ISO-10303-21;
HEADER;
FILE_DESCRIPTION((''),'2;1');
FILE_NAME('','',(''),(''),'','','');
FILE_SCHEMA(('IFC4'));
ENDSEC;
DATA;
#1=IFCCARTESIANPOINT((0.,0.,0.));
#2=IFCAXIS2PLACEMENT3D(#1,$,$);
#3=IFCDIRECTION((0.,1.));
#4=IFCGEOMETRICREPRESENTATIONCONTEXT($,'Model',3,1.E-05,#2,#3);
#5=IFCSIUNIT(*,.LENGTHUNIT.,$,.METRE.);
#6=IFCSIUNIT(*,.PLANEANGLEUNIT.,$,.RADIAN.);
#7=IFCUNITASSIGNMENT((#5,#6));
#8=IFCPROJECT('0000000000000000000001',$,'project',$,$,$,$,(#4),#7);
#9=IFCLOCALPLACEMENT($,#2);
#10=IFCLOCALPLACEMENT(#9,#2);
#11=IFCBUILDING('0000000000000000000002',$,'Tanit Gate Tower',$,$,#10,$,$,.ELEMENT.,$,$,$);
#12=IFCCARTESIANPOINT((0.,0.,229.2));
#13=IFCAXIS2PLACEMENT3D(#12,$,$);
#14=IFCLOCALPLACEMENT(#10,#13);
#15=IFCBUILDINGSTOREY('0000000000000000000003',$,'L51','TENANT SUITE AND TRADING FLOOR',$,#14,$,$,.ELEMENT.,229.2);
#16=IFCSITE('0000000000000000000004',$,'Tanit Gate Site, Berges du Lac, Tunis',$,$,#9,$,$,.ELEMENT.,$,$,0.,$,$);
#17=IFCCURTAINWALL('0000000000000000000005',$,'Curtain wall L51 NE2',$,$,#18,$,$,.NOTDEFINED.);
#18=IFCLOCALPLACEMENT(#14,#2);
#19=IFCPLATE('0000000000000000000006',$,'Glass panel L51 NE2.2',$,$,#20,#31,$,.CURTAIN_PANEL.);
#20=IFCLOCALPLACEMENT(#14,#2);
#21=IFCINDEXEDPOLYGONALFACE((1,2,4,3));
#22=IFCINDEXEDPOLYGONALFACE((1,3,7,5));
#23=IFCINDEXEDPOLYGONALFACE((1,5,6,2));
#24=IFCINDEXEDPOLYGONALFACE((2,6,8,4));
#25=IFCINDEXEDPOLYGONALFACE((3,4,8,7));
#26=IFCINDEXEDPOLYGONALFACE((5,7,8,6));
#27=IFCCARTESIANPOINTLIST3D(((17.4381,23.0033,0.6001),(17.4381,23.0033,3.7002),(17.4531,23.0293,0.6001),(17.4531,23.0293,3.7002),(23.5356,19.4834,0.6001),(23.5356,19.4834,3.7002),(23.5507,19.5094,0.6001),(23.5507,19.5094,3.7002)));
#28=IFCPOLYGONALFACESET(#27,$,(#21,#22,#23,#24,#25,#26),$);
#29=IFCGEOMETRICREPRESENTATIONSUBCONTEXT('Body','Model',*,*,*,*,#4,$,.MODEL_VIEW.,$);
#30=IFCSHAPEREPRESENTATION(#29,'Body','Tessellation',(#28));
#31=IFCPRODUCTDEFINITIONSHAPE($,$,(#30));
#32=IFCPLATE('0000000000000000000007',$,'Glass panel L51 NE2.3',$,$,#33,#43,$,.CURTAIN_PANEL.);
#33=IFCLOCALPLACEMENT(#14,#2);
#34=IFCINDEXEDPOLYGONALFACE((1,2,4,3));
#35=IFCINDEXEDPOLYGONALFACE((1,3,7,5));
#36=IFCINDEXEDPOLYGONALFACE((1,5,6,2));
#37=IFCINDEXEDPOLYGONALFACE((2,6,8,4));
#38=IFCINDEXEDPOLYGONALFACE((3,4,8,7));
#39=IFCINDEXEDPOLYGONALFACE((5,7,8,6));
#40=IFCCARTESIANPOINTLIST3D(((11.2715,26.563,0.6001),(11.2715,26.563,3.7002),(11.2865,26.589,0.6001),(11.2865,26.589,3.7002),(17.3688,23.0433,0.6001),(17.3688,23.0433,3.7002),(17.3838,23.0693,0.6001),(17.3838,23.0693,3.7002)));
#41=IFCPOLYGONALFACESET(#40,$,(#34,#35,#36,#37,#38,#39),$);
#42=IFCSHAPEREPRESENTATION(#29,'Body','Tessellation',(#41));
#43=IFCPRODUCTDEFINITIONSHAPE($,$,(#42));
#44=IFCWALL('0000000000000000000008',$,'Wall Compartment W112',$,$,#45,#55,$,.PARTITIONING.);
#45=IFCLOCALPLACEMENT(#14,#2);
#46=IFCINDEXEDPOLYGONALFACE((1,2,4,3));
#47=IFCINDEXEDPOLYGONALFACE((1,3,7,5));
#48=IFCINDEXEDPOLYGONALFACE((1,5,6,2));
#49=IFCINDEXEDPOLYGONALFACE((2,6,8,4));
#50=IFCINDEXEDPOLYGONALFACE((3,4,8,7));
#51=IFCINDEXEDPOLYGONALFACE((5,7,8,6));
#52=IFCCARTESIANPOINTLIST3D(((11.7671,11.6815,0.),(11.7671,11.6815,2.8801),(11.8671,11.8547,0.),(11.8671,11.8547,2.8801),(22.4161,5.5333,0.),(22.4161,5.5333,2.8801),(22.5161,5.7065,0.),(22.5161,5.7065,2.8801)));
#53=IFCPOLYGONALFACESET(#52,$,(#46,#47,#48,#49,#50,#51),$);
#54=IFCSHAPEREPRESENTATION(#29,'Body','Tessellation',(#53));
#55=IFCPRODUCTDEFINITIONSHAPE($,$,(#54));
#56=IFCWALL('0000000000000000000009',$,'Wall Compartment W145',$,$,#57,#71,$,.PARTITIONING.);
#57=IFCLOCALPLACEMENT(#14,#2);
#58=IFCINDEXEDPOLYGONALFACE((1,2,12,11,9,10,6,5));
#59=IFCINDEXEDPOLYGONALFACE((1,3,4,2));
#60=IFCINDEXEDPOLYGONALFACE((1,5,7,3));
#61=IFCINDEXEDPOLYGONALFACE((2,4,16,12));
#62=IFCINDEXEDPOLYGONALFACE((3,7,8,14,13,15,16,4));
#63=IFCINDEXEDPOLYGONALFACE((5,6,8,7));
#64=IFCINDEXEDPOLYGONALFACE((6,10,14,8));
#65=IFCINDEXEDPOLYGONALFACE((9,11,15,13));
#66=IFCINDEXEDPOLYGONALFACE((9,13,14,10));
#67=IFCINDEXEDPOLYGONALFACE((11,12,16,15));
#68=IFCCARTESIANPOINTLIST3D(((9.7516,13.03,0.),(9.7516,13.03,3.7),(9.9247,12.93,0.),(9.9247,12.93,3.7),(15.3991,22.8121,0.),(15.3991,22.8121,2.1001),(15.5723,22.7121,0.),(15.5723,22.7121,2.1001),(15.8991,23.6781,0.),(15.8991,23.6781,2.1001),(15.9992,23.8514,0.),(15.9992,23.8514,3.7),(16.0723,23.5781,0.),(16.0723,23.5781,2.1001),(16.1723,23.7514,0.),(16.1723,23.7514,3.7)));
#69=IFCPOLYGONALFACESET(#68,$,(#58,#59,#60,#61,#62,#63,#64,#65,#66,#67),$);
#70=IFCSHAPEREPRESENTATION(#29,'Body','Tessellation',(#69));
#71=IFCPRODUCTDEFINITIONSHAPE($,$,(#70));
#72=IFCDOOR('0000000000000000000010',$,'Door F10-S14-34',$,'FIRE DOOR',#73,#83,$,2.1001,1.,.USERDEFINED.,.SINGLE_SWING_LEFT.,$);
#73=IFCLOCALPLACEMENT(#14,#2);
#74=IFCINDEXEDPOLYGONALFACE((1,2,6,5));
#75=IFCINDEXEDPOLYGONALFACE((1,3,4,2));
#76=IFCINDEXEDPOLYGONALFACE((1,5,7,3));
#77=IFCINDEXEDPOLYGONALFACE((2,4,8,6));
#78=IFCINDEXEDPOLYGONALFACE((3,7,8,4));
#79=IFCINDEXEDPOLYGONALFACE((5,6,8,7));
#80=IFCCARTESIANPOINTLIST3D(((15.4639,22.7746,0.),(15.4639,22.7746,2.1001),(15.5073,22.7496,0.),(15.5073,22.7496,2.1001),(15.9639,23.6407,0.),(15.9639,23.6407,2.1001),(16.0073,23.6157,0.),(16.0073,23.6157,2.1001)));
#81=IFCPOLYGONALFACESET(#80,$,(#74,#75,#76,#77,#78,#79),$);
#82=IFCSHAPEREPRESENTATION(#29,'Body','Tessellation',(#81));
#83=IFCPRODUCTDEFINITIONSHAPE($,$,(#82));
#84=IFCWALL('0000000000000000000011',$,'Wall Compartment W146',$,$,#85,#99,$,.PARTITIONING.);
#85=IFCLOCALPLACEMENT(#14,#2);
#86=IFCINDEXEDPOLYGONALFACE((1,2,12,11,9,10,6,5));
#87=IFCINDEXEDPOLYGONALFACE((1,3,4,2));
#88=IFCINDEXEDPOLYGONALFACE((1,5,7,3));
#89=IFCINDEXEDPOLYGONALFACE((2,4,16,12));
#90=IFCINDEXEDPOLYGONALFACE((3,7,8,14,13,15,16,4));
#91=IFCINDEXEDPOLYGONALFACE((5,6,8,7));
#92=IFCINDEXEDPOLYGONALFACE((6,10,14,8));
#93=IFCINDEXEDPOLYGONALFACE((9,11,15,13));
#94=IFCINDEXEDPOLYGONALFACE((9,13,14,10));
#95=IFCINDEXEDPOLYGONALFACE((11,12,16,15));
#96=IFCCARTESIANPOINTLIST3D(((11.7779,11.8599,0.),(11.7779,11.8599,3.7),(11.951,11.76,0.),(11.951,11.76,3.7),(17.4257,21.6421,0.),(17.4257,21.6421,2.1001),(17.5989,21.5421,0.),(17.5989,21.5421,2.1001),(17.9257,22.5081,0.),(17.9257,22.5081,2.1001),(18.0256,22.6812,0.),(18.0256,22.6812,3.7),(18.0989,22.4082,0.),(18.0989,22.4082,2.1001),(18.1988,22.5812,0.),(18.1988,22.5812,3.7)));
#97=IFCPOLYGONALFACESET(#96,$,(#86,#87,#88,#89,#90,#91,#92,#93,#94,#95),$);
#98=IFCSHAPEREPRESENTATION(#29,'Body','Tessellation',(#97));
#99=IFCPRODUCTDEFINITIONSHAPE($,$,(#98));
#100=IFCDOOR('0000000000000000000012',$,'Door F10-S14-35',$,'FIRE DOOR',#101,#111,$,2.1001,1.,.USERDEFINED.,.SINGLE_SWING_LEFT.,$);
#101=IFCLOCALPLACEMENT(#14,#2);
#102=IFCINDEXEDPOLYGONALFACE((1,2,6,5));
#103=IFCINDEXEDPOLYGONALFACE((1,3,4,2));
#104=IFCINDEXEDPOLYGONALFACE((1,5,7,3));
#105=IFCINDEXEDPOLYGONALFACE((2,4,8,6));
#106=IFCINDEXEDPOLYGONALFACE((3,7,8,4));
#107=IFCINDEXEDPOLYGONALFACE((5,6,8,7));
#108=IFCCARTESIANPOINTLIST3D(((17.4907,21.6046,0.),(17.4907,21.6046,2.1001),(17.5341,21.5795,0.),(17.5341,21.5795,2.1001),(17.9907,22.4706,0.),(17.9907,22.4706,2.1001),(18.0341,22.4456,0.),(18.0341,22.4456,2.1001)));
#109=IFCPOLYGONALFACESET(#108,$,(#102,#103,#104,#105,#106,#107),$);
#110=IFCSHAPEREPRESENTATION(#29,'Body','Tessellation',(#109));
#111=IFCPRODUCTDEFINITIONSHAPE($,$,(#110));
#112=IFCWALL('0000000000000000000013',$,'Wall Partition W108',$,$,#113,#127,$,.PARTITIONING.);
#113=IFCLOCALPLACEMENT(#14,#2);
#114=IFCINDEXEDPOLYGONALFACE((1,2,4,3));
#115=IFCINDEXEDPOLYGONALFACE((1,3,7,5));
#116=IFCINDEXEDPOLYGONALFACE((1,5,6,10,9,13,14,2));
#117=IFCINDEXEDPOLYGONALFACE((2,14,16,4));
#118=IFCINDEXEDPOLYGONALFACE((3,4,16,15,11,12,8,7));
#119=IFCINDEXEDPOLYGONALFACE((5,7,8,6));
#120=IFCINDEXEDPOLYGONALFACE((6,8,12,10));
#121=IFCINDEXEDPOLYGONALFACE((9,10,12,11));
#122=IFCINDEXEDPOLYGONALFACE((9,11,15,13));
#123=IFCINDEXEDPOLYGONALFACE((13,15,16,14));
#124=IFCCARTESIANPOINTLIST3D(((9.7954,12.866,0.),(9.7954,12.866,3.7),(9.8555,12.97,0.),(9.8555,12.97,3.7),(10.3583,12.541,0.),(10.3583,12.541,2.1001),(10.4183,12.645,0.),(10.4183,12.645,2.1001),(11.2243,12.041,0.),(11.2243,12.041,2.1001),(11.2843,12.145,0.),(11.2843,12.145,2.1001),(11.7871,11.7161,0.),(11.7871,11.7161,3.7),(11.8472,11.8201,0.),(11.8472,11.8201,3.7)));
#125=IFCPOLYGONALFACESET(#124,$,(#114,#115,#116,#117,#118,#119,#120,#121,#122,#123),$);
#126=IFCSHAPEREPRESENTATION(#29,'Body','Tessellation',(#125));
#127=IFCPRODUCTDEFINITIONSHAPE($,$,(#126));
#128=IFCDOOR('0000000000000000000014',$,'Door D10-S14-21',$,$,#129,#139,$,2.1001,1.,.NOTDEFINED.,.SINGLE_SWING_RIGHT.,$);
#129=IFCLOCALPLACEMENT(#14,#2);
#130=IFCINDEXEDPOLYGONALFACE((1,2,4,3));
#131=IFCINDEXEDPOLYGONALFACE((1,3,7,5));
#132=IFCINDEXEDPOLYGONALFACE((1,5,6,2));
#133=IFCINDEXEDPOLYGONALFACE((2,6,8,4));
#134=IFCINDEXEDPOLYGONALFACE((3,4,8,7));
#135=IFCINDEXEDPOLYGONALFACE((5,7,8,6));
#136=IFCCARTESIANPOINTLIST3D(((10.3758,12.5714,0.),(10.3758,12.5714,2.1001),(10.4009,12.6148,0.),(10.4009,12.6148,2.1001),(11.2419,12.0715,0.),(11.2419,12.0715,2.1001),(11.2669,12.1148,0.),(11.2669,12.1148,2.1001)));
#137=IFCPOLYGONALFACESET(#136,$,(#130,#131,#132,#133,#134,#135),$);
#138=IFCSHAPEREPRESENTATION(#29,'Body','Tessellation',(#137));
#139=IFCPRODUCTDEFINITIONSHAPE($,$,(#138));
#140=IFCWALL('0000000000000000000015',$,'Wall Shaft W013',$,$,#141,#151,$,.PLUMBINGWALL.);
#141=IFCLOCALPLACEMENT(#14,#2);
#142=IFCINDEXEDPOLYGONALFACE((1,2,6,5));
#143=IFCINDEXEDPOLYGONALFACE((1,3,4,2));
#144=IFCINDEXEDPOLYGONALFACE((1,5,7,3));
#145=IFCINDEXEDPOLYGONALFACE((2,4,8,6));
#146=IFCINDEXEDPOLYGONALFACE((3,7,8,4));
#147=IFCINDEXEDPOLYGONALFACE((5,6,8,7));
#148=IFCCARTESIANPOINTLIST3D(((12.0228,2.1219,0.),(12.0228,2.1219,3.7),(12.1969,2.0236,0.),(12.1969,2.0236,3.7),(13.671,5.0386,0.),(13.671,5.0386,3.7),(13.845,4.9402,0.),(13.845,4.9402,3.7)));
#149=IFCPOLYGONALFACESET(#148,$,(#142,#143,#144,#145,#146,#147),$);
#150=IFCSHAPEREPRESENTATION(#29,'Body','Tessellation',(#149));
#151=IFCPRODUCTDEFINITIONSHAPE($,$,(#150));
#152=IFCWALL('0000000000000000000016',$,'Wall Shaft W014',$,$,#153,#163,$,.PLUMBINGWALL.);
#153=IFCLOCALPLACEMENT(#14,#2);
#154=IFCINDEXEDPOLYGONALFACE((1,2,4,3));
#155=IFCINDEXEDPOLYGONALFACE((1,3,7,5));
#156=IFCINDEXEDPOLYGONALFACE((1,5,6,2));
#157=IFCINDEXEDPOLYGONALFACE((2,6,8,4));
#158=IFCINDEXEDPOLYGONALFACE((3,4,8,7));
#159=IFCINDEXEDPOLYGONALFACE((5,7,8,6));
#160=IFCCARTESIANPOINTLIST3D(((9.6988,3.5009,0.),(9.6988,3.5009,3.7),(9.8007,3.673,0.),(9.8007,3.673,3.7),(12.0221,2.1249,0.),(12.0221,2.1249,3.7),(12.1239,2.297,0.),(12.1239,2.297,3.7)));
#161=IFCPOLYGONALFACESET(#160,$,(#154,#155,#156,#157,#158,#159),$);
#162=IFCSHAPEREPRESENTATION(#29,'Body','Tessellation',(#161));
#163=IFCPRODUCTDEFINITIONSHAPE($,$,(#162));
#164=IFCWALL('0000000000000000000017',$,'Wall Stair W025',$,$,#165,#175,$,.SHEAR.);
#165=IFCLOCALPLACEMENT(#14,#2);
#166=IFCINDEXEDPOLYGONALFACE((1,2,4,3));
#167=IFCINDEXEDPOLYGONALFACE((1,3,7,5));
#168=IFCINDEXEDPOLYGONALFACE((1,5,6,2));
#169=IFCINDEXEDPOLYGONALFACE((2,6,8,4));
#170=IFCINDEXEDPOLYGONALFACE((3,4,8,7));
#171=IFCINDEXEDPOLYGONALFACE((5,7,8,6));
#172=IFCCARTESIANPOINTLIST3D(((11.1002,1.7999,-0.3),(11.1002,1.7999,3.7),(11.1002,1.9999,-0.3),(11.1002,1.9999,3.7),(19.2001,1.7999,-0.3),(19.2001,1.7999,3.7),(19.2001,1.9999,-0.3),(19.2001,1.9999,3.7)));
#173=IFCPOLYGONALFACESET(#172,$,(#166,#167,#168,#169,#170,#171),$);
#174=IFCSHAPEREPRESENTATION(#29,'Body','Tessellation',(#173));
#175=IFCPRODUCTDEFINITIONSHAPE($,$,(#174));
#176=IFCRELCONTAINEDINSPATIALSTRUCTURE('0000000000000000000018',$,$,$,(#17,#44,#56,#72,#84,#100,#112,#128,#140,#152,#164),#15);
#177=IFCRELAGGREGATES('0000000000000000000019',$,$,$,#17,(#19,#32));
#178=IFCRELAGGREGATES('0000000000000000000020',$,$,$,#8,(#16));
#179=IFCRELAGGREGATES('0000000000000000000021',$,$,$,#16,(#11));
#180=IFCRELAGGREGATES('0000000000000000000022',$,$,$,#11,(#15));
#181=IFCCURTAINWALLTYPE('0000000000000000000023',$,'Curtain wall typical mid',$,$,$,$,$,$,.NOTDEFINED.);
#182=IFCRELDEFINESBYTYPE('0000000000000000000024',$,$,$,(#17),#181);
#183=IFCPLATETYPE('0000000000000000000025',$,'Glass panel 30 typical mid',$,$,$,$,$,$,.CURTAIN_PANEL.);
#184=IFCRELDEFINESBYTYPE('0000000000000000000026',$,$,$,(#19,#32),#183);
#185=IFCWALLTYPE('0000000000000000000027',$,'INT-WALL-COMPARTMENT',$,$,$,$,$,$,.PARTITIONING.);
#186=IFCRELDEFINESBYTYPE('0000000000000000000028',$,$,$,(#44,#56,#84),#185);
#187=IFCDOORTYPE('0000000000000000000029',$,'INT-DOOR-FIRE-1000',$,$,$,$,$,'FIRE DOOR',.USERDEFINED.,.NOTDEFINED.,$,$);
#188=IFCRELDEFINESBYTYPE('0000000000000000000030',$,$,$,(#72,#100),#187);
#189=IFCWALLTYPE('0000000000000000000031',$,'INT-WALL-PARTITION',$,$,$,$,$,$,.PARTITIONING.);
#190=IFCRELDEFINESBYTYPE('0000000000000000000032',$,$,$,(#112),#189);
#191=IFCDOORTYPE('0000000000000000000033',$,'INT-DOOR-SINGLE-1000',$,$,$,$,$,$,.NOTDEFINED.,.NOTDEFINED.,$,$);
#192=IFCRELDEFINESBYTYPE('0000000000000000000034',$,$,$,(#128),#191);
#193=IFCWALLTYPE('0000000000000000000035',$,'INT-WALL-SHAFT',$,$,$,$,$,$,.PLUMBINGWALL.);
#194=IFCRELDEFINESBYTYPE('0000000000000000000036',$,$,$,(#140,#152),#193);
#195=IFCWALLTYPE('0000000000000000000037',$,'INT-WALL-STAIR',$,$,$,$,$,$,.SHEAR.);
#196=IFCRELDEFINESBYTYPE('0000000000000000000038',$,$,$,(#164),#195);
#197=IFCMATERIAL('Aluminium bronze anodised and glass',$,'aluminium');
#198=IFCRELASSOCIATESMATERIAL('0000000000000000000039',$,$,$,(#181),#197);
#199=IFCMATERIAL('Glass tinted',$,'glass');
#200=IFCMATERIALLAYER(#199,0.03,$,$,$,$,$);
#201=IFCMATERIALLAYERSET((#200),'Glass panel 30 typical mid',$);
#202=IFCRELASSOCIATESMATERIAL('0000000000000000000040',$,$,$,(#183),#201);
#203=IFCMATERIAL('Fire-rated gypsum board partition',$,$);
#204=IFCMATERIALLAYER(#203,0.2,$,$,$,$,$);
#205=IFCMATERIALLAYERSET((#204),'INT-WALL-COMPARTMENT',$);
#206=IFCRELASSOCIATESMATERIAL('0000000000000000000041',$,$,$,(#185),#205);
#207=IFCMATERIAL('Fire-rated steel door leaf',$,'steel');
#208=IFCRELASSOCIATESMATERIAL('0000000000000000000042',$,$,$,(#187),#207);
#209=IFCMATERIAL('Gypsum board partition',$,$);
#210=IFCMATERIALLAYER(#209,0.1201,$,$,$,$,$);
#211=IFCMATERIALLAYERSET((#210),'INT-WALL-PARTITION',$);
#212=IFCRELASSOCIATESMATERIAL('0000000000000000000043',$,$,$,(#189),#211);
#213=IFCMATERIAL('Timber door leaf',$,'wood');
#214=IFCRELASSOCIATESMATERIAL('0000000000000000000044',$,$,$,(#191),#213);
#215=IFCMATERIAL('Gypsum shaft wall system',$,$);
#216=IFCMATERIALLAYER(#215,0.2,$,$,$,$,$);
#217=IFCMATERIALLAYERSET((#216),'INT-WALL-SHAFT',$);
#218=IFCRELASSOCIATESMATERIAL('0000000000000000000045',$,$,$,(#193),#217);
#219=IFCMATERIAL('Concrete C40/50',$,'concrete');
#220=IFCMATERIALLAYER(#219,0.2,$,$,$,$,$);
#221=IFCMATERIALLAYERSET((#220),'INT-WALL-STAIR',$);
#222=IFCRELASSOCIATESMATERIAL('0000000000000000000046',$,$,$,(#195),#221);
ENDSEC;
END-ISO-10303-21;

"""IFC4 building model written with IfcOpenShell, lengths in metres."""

from ifc_helpers import new_model, si_unit, direction, frame, frame_2d, origin, origin_2d, place, context, subcontext, project, spatial, rectangle, extrude, material, layer, layer_set, type_object, element, fill, aggregate, save


model = new_model("IFC4")

# Units and contexts
model_context = context("Model", 3, precision=1e-05, world=origin(), true_north=direction((0.0, 1.0)))
body_context = subcontext(model_context, "Body", "Model", "MODEL_VIEW")
ifc_project = project(units=[si_unit("LENGTHUNIT", "METRE"), si_unit("PLANEANGLEUNIT", "RADIAN")], contexts=[model_context])

# Site, building, storey
site_placement = place(None, origin())
site = spatial("IfcSite", under=ifc_project, at=site_placement, Name="Tanit Gate Site, Berges du Lac, Tunis", CompositionType="ELEMENT", RefElevation=0.0)
building_placement = place(site_placement, origin())
building = spatial("IfcBuilding", under=site, at=building_placement, Name="Tanit Gate Tower", CompositionType="ELEMENT")
storey_placement = place(building_placement, frame((0.0, 0.0, 229.2)))
storey = spatial("IfcBuildingStorey", under=building, at=storey_placement, Name="L51", Description="TENANT SUITE AND TRADING FLOOR", CompositionType="ELEMENT", Elevation=229.2)

# Curtain wall
ifc_material_1 = material(Name="Aluminium bronze anodised and glass", Category="aluminium")
curtain_wall_type = type_object("IfcCurtainWallType", Name="Curtain wall typical mid", PredefinedType="NOTDEFINED", material=ifc_material_1)
curtain_wall_placement = place(storey_placement, origin())
curtain_wall = element("IfcCurtainWall", 1, at=curtain_wall_placement, inside=storey, type_object=curtain_wall_type, Name="Curtain wall L51 NE2", PredefinedType="NOTDEFINED")

# Plates
ifc_material_2 = material(Name="Glass tinted", Category="glass")
ifc_layer_1 = layer(ifc_material_2, 0.03)
ifc_layer_set_1 = layer_set([ifc_layer_1], Name="Glass panel 30 typical mid")
plate_type = type_object("IfcPlateType", Name="Glass panel 30 typical mid", PredefinedType="CURTAIN_PANEL", material=ifc_layer_set_1)
plate_1_placement = place(storey_placement, frame((20.4944, 21.2563, 0.6001), z_axis=(0.0, 0.0, 1.0), x_axis=(-0.86606, 0.49994, 0.0)))
plate_1 = element("IfcPlate", 2, at=plate_1_placement, type_object=plate_type, Name="Glass panel L51 NE2.2", PredefinedType="CURTAIN_PANEL", context=body_context, shape_type="SweptSolid", body=[
    extrude(rectangle(XDim=7.0405, YDim=0.03, at=origin_2d()), origin(), (0.0, 0.0, 1.0), 3.1001),
])
plate_2_placement = place(storey_placement, frame((14.3276, 24.8162, 0.6001), z_axis=(0.0, 0.0, 1.0), x_axis=(-0.86606, 0.49994, 0.0)))
plate_2 = element("IfcPlate", 3, at=plate_2_placement, type_object=plate_type, Name="Glass panel L51 NE2.3", PredefinedType="CURTAIN_PANEL", context=body_context, shape_type="SweptSolid", body=[
    extrude(rectangle(XDim=7.0403, YDim=0.03, at=origin_2d()), origin(), (0.0, 0.0, 1.0), 3.1001),
])
aggregate(curtain_wall, [plate_1, plate_2])

# Wall
ifc_material_3 = material(Name="Fire-rated gypsum board partition")
ifc_layer_2 = layer(ifc_material_3, 0.2)
ifc_layer_set_2 = layer_set([ifc_layer_2], Name="INT-WALL-COMPARTMENT")
wall_type_1 = type_object("IfcWallType", Name="INT-WALL-COMPARTMENT", PredefinedType="PARTITIONING", material=ifc_layer_set_2)
wall_1_placement = place(storey_placement, frame((22.4661, 5.6199, 0.0), z_axis=(0.0, 0.0, 1.0), x_axis=(-0.866024, 0.500002, 0.0)))
element("IfcWall", 4, at=wall_1_placement, inside=storey, type_object=wall_type_1, Name="Wall Compartment W112", PredefinedType="PARTITIONING", context=body_context, shape_type="SweptSolid", body=[
    extrude(rectangle(XDim=12.2964, YDim=0.2, at=frame_2d((6.1482, 0.0))), origin(), (0.0, 0.0, 1.0), 2.8801),
])

# Walls, openings, doors
wall_2_placement = place(storey_placement, frame((16.0857, 23.8013, 0.0), z_axis=(0.0, 0.0, 1.0), x_axis=(-0.499993, -0.866029, 0.0)))
wall_2 = element("IfcWall", 5, at=wall_2_placement, inside=storey, type_object=wall_type_1, Name="Wall Compartment W145", PredefinedType="PARTITIONING", context=body_context, shape_type="SweptSolid", body=[
    extrude(rectangle(XDim=12.4954, YDim=0.2, at=frame_2d((6.2476, 0.0))), origin(), (0.0, 0.0, 1.0), 3.7),
])
opening_1_placement = place(wall_2_placement, frame((0.2, 0.0, 0.0)))
opening_1 = element("IfcOpeningElement", 6, at=opening_1_placement, cuts=wall_2, PredefinedType="OPENING", context=body_context, shape_type="SweptSolid", body=[
    extrude(rectangle(XDim=1.0, YDim=2.1001, at=frame_2d((0.5, 1.05))), frame((0.0, 0.1099, 0.0), z_axis=(0.0, -1.0, 0.0), x_axis=(1.0, 0.0, 0.0)), (0.0, 0.0, 1.0), 0.22),
])
ifc_material_4 = material(Name="Fire-rated steel door leaf", Category="steel")
door_type_1 = type_object("IfcDoorType", Name="INT-DOOR-FIRE-1000", ElementType="FIRE DOOR", OperationType="NOTDEFINED", PredefinedType="USERDEFINED", material=ifc_material_4)
door_1_placement = place(opening_1_placement, origin())
door_1 = element("IfcDoor", 7, at=door_1_placement, inside=storey, type_object=door_type_1, Name="Door F10-S14-34", ObjectType="FIRE DOOR", OperationType="SINGLE_SWING_LEFT", OverallHeight=2.1001, OverallWidth=1.0, PredefinedType="USERDEFINED", context=body_context, shape_type="SweptSolid", body=[
    extrude(rectangle(XDim=1.0, YDim=2.1001, at=frame_2d((0.5, 1.05))), frame((0.0, 0.0249, 0.0), z_axis=(0.0, -1.0, 0.0), x_axis=(1.0, 0.0, 0.0)), (0.0, 0.0, 1.0), 0.05),
])
fill(opening_1, door_1)
wall_3_placement = place(storey_placement, frame((11.8645, 11.8101, 0.0), z_axis=(0.0, 0.0, 1.0), x_axis=(0.500008, 0.866021, 0.0)))
wall_3 = element("IfcWall", 8, at=wall_3_placement, inside=storey, type_object=wall_type_1, Name="Wall Compartment W146", PredefinedType="PARTITIONING", context=body_context, shape_type="SweptSolid", body=[
    extrude(rectangle(XDim=12.4954, YDim=0.2, at=frame_2d((6.2476, 0.0))), origin(), (0.0, 0.0, 1.0), 3.7),
])
opening_2_placement = place(wall_3_placement, frame((11.2954, 0.0, 0.0)))
opening_2 = element("IfcOpeningElement", 9, at=opening_2_placement, cuts=wall_3, PredefinedType="OPENING", context=body_context, shape_type="SweptSolid", body=[
    extrude(rectangle(XDim=1.0, YDim=2.1001, at=frame_2d((0.5, 1.05))), frame((0.0, 0.1099, 0.0), z_axis=(0.0, -1.0, 0.0), x_axis=(1.0, 0.0, 0.0)), (0.0, 0.0, 1.0), 0.22),
])
door_2_placement = place(opening_2_placement, origin())
door_2 = element("IfcDoor", 10, at=door_2_placement, inside=storey, type_object=door_type_1, Name="Door F10-S14-35", ObjectType="FIRE DOOR", OperationType="SINGLE_SWING_LEFT", OverallHeight=2.1001, OverallWidth=1.0, PredefinedType="USERDEFINED", context=body_context, shape_type="SweptSolid", body=[
    extrude(rectangle(XDim=1.0, YDim=2.1001, at=frame_2d((0.5, 1.05))), frame((0.0, 0.0249, 0.0), z_axis=(0.0, -1.0, 0.0), x_axis=(1.0, 0.0, 0.0)), (0.0, 0.0, 1.0), 0.05),
])
fill(opening_2, door_2)
ifc_material_5 = material(Name="Gypsum board partition")
ifc_layer_3 = layer(ifc_material_5, 0.1201)
ifc_layer_set_3 = layer_set([ifc_layer_3], Name="INT-WALL-PARTITION")
wall_type_2 = type_object("IfcWallType", Name="INT-WALL-PARTITION", PredefinedType="PARTITIONING", material=ifc_layer_set_3)
wall_4_placement = place(storey_placement, frame((11.8171, 11.7681, 0.0), z_axis=(0.0, 0.0, 1.0), x_axis=(-0.866026, 0.499998, 0.0)))
wall_4 = element("IfcWall", 11, at=wall_4_placement, inside=storey, type_object=wall_type_2, Name="Wall Partition W108", PredefinedType="PARTITIONING", context=body_context, shape_type="SweptSolid", body=[
    extrude(rectangle(XDim=2.2998, YDim=0.1201, at=frame_2d((1.1499, 0.0))), origin(), (0.0, 0.0, 1.0), 3.7),
])
opening_3_placement = place(wall_4_placement, frame((0.6499, 0.0, 0.0)))
opening_3 = element("IfcOpeningElement", 12, at=opening_3_placement, cuts=wall_4, PredefinedType="OPENING", context=body_context, shape_type="SweptSolid", body=[
    extrude(rectangle(XDim=1.0, YDim=2.1001, at=frame_2d((0.5, 1.05))), frame((0.0, 0.0701, 0.0), z_axis=(0.0, -1.0, 0.0), x_axis=(1.0, 0.0, 0.0)), (0.0, 0.0, 1.0), 0.1401),
])
ifc_material_6 = material(Name="Timber door leaf", Category="wood")
door_type_2 = type_object("IfcDoorType", Name="INT-DOOR-SINGLE-1000", OperationType="NOTDEFINED", PredefinedType="NOTDEFINED", material=ifc_material_6)
door_3_placement = place(opening_3_placement, origin())
door_3 = element("IfcDoor", 13, at=door_3_placement, inside=storey, type_object=door_type_2, Name="Door D10-S14-21", OperationType="SINGLE_SWING_RIGHT", OverallHeight=2.1001, OverallWidth=1.0, PredefinedType="NOTDEFINED", context=body_context, shape_type="SweptSolid", body=[
    extrude(rectangle(XDim=1.0, YDim=2.1001, at=frame_2d((0.5, 1.05))), frame((0.0, 0.0249, 0.0), z_axis=(0.0, -1.0, 0.0), x_axis=(1.0, 0.0, 0.0)), (0.0, 0.0, 1.0), 0.05),
])
fill(opening_3, door_3)

# Walls
ifc_material_7 = material(Name="Gypsum shaft wall system")
ifc_layer_4 = layer(ifc_material_7, 0.2)
ifc_layer_set_4 = layer_set([ifc_layer_4], Name="INT-WALL-SHAFT")
wall_type_3 = type_object("IfcWallType", Name="INT-WALL-SHAFT", PredefinedType="PLUMBINGWALL", material=ifc_layer_set_4)
wall_5_placement = place(storey_placement, frame((12.1099, 2.0728, 0.0), z_axis=(0.0, 0.0, 1.0), x_axis=(0.491966, 0.870614, 0.0)))
element("IfcWall", 14, at=wall_5_placement, inside=storey, type_object=wall_type_3, Name="Wall Shaft W013", PredefinedType="PLUMBINGWALL", context=body_context, shape_type="SweptSolid", body=[
    extrude(rectangle(XDim=3.3501, YDim=0.2, at=frame_2d((1.675, 0.0))), origin(), (0.0, 0.0, 1.0), 3.7),
])
wall_6_placement = place(storey_placement, frame((12.073, 2.2109, 0.0), z_axis=(0.0, 0.0, 1.0), x_axis=(-0.860415, 0.509594, 0.0)))
element("IfcWall", 15, at=wall_6_placement, inside=storey, type_object=wall_type_3, Name="Wall Shaft W014", PredefinedType="PLUMBINGWALL", context=body_context, shape_type="SweptSolid", body=[
    extrude(rectangle(XDim=2.7002, YDim=0.2, at=frame_2d((1.3501, 0.0))), origin(), (0.0, 0.0, 1.0), 3.7),
])
ifc_material_8 = material(Name="Concrete C40/50", Category="concrete")
ifc_layer_5 = layer(ifc_material_8, 0.2)
ifc_layer_set_5 = layer_set([ifc_layer_5], Name="INT-WALL-STAIR")
wall_type_4 = type_object("IfcWallType", Name="INT-WALL-STAIR", PredefinedType="SHEAR", material=ifc_layer_set_5)
wall_7_placement = place(storey_placement, frame((19.2, 1.8999, -0.3), z_axis=(0.0, 0.0, 1.0), x_axis=(-1.0, 0.0, 0.0)))
element("IfcWall", 16, at=wall_7_placement, inside=storey, type_object=wall_type_4, Name="Wall Stair W025", PredefinedType="SHEAR", context=body_context, shape_type="SweptSolid", body=[
    extrude(rectangle(XDim=8.0999, YDim=0.2, at=frame_2d((4.0498, 0.0))), origin(), (0.0, 0.0, 1.0), 4.0),
])

save(model, "model.ifc")
